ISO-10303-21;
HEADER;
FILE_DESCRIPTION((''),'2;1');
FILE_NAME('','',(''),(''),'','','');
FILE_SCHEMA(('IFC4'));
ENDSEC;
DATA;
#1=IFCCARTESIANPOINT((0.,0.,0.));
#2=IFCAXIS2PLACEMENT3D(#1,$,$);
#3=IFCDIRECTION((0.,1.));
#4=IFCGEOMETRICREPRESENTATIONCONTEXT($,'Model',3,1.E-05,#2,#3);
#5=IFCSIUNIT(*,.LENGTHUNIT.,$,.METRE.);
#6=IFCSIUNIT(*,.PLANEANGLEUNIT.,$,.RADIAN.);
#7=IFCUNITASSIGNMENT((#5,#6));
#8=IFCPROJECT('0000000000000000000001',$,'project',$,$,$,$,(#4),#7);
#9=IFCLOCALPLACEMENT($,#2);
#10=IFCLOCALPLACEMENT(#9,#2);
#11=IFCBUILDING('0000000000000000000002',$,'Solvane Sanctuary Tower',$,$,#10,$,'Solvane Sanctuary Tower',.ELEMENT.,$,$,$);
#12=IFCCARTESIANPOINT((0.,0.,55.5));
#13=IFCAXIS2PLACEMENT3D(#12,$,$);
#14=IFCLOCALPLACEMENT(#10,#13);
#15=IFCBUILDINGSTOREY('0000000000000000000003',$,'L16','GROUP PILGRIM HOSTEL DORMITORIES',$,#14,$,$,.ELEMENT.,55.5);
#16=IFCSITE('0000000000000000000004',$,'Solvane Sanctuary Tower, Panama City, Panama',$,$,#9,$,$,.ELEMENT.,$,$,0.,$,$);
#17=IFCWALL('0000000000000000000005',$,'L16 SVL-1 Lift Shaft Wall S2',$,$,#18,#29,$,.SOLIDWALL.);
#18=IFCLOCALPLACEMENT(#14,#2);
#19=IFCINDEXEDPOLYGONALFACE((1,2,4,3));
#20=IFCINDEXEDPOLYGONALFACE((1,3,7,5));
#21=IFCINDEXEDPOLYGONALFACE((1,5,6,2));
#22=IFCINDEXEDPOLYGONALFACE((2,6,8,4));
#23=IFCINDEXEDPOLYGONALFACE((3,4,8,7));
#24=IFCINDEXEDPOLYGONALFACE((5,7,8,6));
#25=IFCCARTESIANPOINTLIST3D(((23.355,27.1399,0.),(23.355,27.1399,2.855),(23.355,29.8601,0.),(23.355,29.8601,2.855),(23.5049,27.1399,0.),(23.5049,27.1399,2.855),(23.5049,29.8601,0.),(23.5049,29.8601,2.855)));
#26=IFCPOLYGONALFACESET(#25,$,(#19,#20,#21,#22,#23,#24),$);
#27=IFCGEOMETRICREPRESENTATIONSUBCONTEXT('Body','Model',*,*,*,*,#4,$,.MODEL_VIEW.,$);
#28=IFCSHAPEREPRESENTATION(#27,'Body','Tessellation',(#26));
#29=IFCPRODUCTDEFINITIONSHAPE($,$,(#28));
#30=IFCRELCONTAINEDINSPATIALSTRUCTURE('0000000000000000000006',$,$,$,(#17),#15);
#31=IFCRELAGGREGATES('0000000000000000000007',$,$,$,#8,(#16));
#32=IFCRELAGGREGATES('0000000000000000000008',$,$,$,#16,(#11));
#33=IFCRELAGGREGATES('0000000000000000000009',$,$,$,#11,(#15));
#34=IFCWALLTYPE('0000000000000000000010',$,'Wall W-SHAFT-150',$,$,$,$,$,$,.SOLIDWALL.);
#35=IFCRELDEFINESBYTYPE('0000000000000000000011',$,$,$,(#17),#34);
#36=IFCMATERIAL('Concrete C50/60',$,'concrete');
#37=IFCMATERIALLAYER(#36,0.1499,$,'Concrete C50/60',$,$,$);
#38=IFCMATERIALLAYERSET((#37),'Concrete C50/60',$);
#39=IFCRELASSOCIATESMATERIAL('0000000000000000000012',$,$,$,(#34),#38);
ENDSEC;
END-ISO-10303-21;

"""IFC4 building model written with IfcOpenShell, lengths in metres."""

from ifc_helpers import new_model, si_unit, direction, frame, frame_2d, origin, place, context, subcontext, project, spatial, rectangle, extrude, material, layer, layer_set, type_object, element, save


model = new_model("IFC4")

# Units and contexts
model_context = context("Model", 3, precision=1e-05, world=origin(), true_north=direction((0.0, 1.0)))
body_context = subcontext(model_context, "Body", "Model", "MODEL_VIEW")
ifc_project = project(units=[si_unit("LENGTHUNIT", "METRE"), si_unit("PLANEANGLEUNIT", "RADIAN")], contexts=[model_context])

# Site, building, storey
site_placement = place(None, origin())
site = spatial("IfcSite", under=ifc_project, at=site_placement, Name="Solvane Sanctuary Tower, Panama City, Panama", CompositionType="ELEMENT", RefElevation=0.0)
building_placement = place(site_placement, origin())
building = spatial("IfcBuilding", under=site, at=building_placement, Name="Solvane Sanctuary Tower", LongName="Solvane Sanctuary Tower", CompositionType="ELEMENT")
storey_placement = place(building_placement, frame((0.0, 0.0, 55.5)))
storey = spatial("IfcBuildingStorey", under=building, at=storey_placement, Name="L16", Description="GROUP PILGRIM HOSTEL DORMITORIES", CompositionType="ELEMENT", Elevation=55.5)

# Shared definitions
ifc_material_1 = material(Name="Concrete C50/60", Category="concrete")
ifc_layer_1 = layer(ifc_material_1, 0.1499, Name="Concrete C50/60")
ifc_layer_set_1 = layer_set([ifc_layer_1], Name="Concrete C50/60")
wall_type_1 = type_object("IfcWallType", Name="Wall W-SHAFT-150", PredefinedType="SOLIDWALL", material=ifc_layer_set_1)

# Wall
wall_1_placement = place(storey_placement, frame((23.4299, 27.1399, 0.0), z_axis=(0.0, 0.0, 1.0), x_axis=(0.0, 1.0, 0.0)))
element("IfcWall", 1, at=wall_1_placement, inside=storey, type_object=wall_type_1, Name="L16 SVL-1 Lift Shaft Wall S2", PredefinedType="SOLIDWALL", context=body_context, shape_type="SweptSolid", body=[
    extrude(rectangle(XDim=2.7202, YDim=0.1499, at=frame_2d((1.3601, 0.0))), origin(), (0.0, 0.0, 1.0), 2.855),
])

save(model, "model.ifc")
